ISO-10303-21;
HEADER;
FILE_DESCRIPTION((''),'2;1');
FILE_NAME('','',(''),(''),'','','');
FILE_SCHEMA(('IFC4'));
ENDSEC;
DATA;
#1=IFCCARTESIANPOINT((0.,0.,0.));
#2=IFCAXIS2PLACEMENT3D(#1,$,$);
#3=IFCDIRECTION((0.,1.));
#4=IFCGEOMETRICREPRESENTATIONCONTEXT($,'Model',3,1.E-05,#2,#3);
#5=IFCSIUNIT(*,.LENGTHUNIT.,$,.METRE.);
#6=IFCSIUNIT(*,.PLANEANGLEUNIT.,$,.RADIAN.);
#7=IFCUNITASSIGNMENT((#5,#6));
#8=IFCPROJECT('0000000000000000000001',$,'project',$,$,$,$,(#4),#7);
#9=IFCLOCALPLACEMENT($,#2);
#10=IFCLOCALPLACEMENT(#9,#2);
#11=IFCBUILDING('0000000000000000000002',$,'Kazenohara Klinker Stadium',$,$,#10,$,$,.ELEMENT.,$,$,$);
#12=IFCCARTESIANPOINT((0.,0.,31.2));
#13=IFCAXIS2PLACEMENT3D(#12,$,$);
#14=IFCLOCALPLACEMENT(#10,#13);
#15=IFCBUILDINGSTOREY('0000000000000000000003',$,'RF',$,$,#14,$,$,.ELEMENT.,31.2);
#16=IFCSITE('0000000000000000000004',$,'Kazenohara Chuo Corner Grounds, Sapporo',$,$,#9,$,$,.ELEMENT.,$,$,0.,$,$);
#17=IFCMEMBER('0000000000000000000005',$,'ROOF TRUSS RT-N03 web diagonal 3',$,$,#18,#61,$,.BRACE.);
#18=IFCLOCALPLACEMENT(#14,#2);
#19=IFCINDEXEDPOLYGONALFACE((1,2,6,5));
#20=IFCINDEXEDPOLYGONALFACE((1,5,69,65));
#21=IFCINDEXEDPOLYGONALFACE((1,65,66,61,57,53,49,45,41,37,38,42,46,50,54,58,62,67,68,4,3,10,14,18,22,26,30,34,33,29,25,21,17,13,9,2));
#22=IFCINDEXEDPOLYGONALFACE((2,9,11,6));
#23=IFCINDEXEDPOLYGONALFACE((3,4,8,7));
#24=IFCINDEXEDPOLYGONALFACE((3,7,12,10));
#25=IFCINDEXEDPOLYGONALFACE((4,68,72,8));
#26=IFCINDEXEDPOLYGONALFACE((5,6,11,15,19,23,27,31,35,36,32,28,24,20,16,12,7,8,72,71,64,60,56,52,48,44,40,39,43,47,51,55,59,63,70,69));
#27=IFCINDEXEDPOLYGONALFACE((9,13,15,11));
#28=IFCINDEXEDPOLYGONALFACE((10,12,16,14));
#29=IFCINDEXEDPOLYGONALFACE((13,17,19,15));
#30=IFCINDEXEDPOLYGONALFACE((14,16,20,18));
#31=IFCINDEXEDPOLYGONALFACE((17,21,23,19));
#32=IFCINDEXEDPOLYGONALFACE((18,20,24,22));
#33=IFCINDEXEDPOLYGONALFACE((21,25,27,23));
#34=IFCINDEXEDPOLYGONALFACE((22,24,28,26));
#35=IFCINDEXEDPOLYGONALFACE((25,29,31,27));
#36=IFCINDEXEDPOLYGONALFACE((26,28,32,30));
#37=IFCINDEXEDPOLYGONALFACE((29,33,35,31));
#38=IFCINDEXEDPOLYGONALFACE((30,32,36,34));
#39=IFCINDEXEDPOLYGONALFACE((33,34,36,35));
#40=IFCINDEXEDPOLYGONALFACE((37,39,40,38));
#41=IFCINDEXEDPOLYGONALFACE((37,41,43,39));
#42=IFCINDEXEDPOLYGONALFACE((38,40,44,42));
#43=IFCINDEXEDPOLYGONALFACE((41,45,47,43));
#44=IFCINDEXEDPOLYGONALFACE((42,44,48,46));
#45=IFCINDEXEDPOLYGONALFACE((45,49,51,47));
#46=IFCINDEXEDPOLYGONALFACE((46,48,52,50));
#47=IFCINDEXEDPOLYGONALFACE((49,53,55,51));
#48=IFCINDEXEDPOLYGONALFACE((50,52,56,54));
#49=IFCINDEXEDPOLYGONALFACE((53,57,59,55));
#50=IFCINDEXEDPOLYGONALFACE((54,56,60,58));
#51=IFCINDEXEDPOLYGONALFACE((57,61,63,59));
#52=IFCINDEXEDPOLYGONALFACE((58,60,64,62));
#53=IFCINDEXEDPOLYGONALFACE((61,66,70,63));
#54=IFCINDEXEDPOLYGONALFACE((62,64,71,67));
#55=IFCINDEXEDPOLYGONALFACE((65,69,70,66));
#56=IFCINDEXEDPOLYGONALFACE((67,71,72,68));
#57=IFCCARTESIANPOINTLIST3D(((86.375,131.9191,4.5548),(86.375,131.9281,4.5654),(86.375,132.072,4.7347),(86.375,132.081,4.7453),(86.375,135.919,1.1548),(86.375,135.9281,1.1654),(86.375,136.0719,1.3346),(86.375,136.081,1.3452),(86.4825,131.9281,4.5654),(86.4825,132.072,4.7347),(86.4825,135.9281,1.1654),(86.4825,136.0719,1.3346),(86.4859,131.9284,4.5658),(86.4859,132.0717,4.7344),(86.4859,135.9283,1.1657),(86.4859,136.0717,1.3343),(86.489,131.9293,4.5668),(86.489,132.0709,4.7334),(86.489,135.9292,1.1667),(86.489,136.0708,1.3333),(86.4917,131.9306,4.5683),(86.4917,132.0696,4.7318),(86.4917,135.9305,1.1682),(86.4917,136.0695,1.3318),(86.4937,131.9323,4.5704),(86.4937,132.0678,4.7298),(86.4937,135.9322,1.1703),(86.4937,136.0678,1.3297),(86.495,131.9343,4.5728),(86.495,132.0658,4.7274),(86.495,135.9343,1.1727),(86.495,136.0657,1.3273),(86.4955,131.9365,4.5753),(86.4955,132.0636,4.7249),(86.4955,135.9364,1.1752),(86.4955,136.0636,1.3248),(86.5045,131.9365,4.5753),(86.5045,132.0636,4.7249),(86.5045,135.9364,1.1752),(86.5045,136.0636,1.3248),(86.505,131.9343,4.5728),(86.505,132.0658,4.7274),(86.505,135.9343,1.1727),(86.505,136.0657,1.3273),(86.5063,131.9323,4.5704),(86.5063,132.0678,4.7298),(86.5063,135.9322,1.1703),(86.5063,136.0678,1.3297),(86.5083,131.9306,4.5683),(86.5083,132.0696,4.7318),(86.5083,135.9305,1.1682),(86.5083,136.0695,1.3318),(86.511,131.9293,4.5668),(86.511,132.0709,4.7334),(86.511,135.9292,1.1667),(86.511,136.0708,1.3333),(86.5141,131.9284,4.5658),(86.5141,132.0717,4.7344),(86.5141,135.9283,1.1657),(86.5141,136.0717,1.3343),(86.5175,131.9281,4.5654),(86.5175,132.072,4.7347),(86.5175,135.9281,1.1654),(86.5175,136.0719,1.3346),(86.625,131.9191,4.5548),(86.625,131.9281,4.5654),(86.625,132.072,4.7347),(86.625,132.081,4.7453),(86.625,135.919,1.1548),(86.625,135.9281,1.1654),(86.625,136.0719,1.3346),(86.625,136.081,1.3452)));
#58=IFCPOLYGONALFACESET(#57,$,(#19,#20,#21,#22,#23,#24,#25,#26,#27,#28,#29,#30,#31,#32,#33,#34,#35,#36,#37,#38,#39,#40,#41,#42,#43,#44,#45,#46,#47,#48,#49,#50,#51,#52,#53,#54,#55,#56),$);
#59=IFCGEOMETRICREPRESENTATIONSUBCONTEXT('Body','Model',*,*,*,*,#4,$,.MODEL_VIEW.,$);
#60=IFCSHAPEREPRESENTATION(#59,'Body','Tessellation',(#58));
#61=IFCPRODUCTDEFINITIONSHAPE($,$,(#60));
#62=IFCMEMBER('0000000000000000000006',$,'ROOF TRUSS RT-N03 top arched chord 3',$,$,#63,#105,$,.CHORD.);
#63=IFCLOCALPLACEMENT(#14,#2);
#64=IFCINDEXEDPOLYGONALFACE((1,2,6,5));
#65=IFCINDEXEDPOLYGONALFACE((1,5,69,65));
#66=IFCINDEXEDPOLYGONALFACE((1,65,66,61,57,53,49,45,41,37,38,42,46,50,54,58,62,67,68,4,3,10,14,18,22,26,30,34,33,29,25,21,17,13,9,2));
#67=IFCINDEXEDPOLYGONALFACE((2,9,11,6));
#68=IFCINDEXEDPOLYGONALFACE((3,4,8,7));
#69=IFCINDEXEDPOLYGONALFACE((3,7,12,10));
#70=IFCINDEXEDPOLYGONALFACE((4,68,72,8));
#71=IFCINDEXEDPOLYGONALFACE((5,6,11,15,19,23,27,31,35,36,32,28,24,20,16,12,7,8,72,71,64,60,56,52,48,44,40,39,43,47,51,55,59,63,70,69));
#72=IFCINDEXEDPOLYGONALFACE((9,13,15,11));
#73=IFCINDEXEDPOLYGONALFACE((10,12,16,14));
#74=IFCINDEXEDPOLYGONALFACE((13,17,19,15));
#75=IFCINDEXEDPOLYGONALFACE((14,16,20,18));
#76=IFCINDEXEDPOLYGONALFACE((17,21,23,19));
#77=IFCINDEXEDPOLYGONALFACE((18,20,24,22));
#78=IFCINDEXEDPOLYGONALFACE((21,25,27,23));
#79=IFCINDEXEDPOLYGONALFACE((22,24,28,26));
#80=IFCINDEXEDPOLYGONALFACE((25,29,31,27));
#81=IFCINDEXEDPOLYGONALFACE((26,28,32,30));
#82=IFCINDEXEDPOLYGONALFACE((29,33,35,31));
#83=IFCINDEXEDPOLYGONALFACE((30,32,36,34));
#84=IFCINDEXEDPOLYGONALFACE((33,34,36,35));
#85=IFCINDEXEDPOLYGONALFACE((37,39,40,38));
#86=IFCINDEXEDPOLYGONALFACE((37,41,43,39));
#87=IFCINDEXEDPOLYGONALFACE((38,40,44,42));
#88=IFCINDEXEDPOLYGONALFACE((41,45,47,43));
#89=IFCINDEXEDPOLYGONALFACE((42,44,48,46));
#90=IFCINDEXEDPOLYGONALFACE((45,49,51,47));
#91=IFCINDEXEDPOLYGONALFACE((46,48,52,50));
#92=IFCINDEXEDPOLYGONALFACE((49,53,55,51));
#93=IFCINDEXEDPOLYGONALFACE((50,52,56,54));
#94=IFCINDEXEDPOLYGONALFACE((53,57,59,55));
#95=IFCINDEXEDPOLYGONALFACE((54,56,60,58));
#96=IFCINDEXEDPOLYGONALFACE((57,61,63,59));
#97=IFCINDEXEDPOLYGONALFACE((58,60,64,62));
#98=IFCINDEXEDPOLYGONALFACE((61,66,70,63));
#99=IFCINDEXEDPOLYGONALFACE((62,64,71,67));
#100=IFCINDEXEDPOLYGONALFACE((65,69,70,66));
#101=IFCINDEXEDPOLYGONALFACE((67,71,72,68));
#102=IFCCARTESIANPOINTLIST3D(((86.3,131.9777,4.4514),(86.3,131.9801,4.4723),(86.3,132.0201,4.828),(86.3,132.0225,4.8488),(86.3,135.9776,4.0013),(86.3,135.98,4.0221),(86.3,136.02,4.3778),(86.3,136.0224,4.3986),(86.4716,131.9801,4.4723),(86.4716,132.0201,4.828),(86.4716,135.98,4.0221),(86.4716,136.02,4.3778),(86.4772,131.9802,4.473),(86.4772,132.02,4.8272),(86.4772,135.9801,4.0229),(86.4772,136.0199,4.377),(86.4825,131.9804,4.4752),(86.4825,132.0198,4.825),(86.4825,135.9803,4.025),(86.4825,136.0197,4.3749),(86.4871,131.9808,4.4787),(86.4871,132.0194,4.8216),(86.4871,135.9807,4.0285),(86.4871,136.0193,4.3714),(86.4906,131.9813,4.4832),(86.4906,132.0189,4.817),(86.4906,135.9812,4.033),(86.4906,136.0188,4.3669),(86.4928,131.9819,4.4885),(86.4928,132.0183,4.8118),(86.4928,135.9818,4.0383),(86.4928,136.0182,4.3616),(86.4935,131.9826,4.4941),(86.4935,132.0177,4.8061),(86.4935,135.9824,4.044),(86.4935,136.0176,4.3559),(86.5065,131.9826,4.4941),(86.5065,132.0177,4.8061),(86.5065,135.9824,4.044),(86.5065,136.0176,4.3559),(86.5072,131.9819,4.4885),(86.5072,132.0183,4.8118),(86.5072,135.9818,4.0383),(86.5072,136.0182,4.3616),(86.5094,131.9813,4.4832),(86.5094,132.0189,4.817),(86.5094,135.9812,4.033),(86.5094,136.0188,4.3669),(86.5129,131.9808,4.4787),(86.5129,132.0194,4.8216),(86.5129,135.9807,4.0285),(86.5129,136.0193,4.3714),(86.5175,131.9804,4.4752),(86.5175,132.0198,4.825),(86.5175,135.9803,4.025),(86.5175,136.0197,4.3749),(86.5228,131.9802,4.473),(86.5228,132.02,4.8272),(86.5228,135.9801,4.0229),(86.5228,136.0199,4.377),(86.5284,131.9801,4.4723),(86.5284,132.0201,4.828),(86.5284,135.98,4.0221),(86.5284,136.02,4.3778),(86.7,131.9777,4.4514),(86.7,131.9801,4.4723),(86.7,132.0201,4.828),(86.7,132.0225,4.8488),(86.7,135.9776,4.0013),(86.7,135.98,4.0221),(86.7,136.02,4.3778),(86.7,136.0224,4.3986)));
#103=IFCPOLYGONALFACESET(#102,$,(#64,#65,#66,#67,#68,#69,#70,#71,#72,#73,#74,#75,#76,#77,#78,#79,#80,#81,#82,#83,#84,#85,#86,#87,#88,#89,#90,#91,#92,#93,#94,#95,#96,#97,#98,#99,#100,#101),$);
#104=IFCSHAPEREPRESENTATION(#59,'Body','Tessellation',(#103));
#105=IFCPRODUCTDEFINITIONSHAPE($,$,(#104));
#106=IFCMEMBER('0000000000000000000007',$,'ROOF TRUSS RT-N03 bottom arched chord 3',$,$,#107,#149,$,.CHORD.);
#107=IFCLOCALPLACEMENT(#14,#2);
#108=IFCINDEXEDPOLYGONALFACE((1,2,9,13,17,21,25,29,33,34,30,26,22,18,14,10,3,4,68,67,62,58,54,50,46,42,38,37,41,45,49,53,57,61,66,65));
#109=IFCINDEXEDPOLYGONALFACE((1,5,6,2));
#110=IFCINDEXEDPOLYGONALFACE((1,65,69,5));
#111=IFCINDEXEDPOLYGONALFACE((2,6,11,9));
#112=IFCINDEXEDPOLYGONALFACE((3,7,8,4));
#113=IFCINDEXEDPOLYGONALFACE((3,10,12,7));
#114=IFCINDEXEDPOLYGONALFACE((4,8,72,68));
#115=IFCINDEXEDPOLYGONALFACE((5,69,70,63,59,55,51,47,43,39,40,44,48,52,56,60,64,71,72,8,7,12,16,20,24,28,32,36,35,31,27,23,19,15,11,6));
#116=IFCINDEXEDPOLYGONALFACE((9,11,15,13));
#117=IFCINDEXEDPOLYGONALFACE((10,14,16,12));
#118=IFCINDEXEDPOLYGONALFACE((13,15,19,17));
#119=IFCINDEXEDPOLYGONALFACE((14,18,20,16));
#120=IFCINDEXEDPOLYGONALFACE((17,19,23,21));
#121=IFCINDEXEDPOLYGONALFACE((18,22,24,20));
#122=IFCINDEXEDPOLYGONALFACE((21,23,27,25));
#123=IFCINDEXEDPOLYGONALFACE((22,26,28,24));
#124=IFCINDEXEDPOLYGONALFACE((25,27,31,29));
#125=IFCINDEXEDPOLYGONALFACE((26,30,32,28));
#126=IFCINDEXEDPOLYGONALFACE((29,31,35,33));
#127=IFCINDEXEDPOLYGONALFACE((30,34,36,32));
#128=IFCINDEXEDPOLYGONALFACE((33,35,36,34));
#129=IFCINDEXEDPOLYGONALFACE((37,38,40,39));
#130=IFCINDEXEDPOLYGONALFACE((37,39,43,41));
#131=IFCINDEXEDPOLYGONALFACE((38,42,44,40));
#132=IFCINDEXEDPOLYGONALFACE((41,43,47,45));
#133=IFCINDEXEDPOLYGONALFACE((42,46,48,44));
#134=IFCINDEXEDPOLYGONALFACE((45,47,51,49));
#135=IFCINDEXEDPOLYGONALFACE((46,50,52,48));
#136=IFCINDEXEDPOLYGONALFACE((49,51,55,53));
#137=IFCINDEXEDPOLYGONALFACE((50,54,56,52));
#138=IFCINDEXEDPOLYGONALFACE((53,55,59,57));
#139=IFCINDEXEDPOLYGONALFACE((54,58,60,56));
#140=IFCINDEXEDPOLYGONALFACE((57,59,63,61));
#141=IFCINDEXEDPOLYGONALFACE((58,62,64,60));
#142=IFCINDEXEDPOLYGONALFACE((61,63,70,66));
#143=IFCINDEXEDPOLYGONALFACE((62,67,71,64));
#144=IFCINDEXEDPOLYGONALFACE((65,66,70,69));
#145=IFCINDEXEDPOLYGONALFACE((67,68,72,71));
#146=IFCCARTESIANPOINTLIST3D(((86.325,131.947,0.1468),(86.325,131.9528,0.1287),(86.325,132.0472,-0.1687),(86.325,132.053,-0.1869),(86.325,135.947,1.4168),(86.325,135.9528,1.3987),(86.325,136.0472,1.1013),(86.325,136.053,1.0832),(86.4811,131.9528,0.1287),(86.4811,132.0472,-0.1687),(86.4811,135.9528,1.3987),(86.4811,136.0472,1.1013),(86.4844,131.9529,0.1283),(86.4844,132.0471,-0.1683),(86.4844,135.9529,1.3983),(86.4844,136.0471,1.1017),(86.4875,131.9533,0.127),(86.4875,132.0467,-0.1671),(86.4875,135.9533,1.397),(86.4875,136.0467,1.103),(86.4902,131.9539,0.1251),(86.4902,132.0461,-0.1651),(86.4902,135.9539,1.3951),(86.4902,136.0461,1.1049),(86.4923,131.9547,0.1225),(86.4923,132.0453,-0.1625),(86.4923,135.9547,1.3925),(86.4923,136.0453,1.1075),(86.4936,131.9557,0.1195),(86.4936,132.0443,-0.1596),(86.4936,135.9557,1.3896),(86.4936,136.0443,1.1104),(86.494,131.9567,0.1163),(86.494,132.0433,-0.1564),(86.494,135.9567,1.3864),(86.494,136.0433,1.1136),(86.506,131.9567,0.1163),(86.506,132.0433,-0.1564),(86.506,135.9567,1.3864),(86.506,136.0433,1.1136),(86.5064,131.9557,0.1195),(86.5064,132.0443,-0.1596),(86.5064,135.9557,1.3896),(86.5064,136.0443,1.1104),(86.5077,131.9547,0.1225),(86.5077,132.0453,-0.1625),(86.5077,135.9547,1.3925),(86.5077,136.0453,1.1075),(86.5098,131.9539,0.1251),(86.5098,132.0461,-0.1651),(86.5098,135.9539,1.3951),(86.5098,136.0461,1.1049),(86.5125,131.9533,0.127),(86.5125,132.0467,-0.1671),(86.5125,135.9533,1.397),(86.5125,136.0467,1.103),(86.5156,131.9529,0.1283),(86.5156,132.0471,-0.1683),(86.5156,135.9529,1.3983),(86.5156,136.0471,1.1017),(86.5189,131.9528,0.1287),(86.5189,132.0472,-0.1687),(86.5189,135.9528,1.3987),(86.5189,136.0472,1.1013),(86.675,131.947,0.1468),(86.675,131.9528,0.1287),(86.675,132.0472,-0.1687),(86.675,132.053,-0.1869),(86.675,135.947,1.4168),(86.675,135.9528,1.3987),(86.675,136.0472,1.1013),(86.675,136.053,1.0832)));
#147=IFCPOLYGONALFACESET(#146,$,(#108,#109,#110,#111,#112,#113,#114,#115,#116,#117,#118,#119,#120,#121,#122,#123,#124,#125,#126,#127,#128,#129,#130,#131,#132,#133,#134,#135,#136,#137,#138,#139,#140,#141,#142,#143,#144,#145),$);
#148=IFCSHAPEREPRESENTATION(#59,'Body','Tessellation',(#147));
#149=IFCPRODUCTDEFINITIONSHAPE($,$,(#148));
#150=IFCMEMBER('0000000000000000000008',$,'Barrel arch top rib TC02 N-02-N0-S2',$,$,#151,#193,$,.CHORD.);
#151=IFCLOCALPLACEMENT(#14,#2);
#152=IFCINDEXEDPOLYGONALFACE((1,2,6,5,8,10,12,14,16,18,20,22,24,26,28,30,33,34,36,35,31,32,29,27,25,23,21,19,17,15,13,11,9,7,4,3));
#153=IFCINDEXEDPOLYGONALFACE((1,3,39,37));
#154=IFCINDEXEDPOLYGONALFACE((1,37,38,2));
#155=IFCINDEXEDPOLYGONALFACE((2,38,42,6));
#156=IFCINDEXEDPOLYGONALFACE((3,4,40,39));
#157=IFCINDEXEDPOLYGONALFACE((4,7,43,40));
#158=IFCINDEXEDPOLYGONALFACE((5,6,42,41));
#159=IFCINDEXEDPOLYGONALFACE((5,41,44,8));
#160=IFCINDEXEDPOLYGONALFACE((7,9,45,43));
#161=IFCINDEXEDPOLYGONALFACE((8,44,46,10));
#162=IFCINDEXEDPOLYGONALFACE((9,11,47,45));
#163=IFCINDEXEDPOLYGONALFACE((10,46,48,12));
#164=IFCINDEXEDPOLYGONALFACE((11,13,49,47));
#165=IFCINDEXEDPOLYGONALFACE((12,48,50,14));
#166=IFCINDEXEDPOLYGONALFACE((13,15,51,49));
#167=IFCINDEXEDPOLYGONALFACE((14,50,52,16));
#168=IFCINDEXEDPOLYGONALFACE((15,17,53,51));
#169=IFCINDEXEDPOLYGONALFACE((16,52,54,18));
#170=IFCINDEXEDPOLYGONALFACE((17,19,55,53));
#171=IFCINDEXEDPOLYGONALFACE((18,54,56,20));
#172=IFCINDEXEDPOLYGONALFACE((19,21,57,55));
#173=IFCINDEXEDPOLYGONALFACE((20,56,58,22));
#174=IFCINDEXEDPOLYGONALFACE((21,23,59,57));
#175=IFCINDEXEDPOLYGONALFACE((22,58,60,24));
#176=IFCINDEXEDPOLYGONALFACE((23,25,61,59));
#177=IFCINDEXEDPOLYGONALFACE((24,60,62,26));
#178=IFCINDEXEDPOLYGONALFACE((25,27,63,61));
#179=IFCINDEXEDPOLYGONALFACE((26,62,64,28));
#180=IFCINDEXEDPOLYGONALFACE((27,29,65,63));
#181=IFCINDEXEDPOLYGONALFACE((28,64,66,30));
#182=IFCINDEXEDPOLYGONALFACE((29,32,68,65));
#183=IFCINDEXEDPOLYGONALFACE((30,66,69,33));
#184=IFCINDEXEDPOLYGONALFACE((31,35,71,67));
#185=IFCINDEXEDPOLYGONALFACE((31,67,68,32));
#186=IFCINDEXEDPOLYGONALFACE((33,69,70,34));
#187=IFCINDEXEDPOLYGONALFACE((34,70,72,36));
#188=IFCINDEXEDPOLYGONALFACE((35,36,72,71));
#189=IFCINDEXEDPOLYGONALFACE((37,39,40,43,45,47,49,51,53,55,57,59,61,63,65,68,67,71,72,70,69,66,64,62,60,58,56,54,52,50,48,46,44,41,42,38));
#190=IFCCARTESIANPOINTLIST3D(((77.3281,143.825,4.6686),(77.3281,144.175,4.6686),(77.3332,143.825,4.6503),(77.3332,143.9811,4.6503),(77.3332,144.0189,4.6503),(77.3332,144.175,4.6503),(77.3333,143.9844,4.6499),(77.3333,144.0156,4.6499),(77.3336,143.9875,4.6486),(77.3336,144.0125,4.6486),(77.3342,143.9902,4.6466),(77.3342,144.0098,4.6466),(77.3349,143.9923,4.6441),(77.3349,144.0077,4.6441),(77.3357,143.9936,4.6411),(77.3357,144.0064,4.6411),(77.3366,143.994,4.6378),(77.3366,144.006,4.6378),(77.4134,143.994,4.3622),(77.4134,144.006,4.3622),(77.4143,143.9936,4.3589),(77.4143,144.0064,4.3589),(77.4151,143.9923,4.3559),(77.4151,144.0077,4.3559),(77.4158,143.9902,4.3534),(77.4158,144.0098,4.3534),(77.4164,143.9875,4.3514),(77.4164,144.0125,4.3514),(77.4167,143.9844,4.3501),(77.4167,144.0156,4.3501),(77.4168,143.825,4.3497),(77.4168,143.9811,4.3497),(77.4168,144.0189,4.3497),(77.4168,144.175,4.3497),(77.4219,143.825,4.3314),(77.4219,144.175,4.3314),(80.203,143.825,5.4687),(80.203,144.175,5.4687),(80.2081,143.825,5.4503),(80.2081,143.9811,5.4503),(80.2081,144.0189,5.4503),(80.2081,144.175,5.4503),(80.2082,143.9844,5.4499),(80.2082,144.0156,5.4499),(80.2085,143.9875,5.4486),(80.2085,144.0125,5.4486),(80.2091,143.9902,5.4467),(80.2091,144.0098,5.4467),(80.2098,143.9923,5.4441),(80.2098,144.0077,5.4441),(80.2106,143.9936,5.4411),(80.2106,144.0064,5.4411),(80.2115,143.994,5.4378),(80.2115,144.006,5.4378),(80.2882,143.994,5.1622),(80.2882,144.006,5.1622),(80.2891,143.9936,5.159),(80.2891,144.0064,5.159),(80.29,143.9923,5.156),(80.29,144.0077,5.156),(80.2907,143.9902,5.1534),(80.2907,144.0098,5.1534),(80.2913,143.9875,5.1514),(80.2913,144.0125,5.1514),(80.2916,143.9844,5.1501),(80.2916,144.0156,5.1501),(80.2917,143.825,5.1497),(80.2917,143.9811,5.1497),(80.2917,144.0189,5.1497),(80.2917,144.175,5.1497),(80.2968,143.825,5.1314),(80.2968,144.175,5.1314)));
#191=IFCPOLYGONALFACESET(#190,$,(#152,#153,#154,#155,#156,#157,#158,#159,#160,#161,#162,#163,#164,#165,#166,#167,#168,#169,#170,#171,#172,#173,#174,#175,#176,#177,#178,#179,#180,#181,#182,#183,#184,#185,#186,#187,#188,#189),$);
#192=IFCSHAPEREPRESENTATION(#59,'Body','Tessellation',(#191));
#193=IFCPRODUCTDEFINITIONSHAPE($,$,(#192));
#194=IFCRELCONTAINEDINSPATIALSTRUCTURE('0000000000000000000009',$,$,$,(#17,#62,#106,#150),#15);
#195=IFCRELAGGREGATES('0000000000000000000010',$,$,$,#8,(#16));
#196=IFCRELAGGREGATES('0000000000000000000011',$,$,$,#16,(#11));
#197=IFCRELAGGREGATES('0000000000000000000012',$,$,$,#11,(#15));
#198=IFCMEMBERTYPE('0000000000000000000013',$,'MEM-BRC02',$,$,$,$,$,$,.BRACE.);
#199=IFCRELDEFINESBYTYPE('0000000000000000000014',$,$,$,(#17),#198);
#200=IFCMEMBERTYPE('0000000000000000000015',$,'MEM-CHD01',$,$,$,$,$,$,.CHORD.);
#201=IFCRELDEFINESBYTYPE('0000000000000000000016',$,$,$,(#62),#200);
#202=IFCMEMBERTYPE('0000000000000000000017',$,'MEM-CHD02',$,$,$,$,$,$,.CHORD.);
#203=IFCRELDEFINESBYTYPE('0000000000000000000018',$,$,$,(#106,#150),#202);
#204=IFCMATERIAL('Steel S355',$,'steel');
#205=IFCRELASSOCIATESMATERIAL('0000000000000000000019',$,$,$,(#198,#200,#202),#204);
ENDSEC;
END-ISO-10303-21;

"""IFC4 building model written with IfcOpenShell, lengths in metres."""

from ifc_helpers import new_model, si_unit, direction, frame, origin, origin_2d, place, context, subcontext, project, spatial, i_section, extrude, material, material_profile, profile_set, type_object, element, save


model = new_model("IFC4")

# Units and contexts
model_context = context("Model", 3, precision=1e-05, world=origin(), true_north=direction((0.0, 1.0)))
body_context = subcontext(model_context, "Body", "Model", "MODEL_VIEW")
ifc_project = project(units=[si_unit("LENGTHUNIT", "METRE"), si_unit("PLANEANGLEUNIT", "RADIAN")], contexts=[model_context])

# Site, building, storey
site_placement = place(None, origin())
site = spatial("IfcSite", under=ifc_project, at=site_placement, Name="Kazenohara Chuo Corner Grounds, Sapporo", CompositionType="ELEMENT", RefElevation=0.0)
building_placement = place(site_placement, origin())
building = spatial("IfcBuilding", under=site, at=building_placement, Name="Kazenohara Klinker Stadium", CompositionType="ELEMENT")
storey_placement = place(building_placement, frame((0.0, 0.0, 31.2)))
storey = spatial("IfcBuildingStorey", under=building, at=storey_placement, Name="RF", CompositionType="ELEMENT", Elevation=31.2)

# Members
ifc_material_1 = material(Name="Steel S355", Category="steel")
ifc_material_profile_1 = material_profile(ifc_material_1, i_section(OverallWidth=0.25, OverallDepth=0.25, WebThickness=0.009, FlangeThickness=0.0139, FilletRadius=0.0129, at=origin_2d()), Name="H-250x250x9x14")
ifc_profile_set_1 = profile_set([ifc_material_profile_1], Name="Steel S355")
member_type_1 = type_object("IfcMemberType", Name="MEM-BRC02", PredefinedType="BRACE", material=ifc_profile_set_1)
member_1_placement = place(storey_placement, frame((86.5, 136.0, 1.25), z_axis=(0.0, -0.761926, 0.647665), x_axis=(1.0, 0.0, 0.0)))
element("IfcMember", 1, at=member_1_placement, inside=storey, type_object=member_type_1, Name="ROOF TRUSS RT-N03 web diagonal 3", PredefinedType="BRACE", context=body_context, shape_type="SweptSolid", body=[
    extrude(i_section(OverallWidth=0.25, OverallDepth=0.25, WebThickness=0.009, FlangeThickness=0.0139, FilletRadius=0.0129, at=origin_2d()), origin(), (0.0, 0.0, 1.0), 5.2498),
])
ifc_material_profile_2 = material_profile(ifc_material_1, i_section(OverallWidth=0.3999, OverallDepth=0.3999, WebThickness=0.0129, FlangeThickness=0.021, FilletRadius=0.022, at=origin_2d()), Name="H-400x400x13x21")
ifc_profile_set_2 = profile_set([ifc_material_profile_2], Name="Steel S355")
member_type_2 = type_object("IfcMemberType", Name="MEM-CHD01", PredefinedType="CHORD", material=ifc_profile_set_2)
member_2_placement = place(storey_placement, frame((86.5, 136.0, 4.2), z_axis=(0.0, -0.993726, 0.111843), x_axis=(1.0, 0.0, 0.0)))
element("IfcMember", 2, at=member_2_placement, inside=storey, type_object=member_type_2, Name="ROOF TRUSS RT-N03 top arched chord 3", PredefinedType="CHORD", context=body_context, shape_type="SweptSolid", body=[
    extrude(i_section(OverallWidth=0.3999, OverallDepth=0.3999, WebThickness=0.0129, FlangeThickness=0.021, FilletRadius=0.022, at=origin_2d()), origin(), (0.0, 0.0, 1.0), 4.0251),
])
ifc_material_profile_3 = material_profile(ifc_material_1, i_section(OverallWidth=0.3501, OverallDepth=0.3501, WebThickness=0.012, FlangeThickness=0.019, FilletRadius=0.0129, at=origin_2d()), Name="H-350x350x12x19")
ifc_profile_set_3 = profile_set([ifc_material_profile_3], Name="Steel S355")
member_type_3 = type_object("IfcMemberType", Name="MEM-CHD02", PredefinedType="CHORD", material=ifc_profile_set_3)
member_3_placement = place(storey_placement, frame((86.5, 136.0, 1.25), z_axis=(0.0, -0.953112, -0.302618), x_axis=(1.0, 0.0, 0.0)))
element("IfcMember", 3, at=member_3_placement, inside=storey, type_object=member_type_3, Name="ROOF TRUSS RT-N03 bottom arched chord 3", PredefinedType="CHORD", context=body_context, shape_type="SweptSolid", body=[
    extrude(i_section(OverallWidth=0.3501, OverallDepth=0.3501, WebThickness=0.012, FlangeThickness=0.019, FilletRadius=0.0129, at=origin_2d()), origin(), (0.0, 0.0, 1.0), 4.1968),
])
for number, where, z_axis, x_axis, name in (
    (4, (77.375, 144.0, 4.5), (0.963394, 0.0, 0.268091), (0.0, 1.0, 0.0), "Barrel arch top rib TC02 N-02-N0-S2"),
):
    element("IfcMember", number, at=place(storey_placement, frame(where, z_axis=z_axis, x_axis=x_axis)), inside=storey, type_object=member_type_3, Name=name, PredefinedType="CHORD", context=body_context, shape_type="SweptSolid", body=[
        extrude(i_section(OverallWidth=0.3501, OverallDepth=0.3501, WebThickness=0.012, FlangeThickness=0.019, FilletRadius=0.0129, at=origin_2d()), origin(), (0.0, 0.0, 1.0), 2.9841),
    ])

save(model, "model.ifc")
